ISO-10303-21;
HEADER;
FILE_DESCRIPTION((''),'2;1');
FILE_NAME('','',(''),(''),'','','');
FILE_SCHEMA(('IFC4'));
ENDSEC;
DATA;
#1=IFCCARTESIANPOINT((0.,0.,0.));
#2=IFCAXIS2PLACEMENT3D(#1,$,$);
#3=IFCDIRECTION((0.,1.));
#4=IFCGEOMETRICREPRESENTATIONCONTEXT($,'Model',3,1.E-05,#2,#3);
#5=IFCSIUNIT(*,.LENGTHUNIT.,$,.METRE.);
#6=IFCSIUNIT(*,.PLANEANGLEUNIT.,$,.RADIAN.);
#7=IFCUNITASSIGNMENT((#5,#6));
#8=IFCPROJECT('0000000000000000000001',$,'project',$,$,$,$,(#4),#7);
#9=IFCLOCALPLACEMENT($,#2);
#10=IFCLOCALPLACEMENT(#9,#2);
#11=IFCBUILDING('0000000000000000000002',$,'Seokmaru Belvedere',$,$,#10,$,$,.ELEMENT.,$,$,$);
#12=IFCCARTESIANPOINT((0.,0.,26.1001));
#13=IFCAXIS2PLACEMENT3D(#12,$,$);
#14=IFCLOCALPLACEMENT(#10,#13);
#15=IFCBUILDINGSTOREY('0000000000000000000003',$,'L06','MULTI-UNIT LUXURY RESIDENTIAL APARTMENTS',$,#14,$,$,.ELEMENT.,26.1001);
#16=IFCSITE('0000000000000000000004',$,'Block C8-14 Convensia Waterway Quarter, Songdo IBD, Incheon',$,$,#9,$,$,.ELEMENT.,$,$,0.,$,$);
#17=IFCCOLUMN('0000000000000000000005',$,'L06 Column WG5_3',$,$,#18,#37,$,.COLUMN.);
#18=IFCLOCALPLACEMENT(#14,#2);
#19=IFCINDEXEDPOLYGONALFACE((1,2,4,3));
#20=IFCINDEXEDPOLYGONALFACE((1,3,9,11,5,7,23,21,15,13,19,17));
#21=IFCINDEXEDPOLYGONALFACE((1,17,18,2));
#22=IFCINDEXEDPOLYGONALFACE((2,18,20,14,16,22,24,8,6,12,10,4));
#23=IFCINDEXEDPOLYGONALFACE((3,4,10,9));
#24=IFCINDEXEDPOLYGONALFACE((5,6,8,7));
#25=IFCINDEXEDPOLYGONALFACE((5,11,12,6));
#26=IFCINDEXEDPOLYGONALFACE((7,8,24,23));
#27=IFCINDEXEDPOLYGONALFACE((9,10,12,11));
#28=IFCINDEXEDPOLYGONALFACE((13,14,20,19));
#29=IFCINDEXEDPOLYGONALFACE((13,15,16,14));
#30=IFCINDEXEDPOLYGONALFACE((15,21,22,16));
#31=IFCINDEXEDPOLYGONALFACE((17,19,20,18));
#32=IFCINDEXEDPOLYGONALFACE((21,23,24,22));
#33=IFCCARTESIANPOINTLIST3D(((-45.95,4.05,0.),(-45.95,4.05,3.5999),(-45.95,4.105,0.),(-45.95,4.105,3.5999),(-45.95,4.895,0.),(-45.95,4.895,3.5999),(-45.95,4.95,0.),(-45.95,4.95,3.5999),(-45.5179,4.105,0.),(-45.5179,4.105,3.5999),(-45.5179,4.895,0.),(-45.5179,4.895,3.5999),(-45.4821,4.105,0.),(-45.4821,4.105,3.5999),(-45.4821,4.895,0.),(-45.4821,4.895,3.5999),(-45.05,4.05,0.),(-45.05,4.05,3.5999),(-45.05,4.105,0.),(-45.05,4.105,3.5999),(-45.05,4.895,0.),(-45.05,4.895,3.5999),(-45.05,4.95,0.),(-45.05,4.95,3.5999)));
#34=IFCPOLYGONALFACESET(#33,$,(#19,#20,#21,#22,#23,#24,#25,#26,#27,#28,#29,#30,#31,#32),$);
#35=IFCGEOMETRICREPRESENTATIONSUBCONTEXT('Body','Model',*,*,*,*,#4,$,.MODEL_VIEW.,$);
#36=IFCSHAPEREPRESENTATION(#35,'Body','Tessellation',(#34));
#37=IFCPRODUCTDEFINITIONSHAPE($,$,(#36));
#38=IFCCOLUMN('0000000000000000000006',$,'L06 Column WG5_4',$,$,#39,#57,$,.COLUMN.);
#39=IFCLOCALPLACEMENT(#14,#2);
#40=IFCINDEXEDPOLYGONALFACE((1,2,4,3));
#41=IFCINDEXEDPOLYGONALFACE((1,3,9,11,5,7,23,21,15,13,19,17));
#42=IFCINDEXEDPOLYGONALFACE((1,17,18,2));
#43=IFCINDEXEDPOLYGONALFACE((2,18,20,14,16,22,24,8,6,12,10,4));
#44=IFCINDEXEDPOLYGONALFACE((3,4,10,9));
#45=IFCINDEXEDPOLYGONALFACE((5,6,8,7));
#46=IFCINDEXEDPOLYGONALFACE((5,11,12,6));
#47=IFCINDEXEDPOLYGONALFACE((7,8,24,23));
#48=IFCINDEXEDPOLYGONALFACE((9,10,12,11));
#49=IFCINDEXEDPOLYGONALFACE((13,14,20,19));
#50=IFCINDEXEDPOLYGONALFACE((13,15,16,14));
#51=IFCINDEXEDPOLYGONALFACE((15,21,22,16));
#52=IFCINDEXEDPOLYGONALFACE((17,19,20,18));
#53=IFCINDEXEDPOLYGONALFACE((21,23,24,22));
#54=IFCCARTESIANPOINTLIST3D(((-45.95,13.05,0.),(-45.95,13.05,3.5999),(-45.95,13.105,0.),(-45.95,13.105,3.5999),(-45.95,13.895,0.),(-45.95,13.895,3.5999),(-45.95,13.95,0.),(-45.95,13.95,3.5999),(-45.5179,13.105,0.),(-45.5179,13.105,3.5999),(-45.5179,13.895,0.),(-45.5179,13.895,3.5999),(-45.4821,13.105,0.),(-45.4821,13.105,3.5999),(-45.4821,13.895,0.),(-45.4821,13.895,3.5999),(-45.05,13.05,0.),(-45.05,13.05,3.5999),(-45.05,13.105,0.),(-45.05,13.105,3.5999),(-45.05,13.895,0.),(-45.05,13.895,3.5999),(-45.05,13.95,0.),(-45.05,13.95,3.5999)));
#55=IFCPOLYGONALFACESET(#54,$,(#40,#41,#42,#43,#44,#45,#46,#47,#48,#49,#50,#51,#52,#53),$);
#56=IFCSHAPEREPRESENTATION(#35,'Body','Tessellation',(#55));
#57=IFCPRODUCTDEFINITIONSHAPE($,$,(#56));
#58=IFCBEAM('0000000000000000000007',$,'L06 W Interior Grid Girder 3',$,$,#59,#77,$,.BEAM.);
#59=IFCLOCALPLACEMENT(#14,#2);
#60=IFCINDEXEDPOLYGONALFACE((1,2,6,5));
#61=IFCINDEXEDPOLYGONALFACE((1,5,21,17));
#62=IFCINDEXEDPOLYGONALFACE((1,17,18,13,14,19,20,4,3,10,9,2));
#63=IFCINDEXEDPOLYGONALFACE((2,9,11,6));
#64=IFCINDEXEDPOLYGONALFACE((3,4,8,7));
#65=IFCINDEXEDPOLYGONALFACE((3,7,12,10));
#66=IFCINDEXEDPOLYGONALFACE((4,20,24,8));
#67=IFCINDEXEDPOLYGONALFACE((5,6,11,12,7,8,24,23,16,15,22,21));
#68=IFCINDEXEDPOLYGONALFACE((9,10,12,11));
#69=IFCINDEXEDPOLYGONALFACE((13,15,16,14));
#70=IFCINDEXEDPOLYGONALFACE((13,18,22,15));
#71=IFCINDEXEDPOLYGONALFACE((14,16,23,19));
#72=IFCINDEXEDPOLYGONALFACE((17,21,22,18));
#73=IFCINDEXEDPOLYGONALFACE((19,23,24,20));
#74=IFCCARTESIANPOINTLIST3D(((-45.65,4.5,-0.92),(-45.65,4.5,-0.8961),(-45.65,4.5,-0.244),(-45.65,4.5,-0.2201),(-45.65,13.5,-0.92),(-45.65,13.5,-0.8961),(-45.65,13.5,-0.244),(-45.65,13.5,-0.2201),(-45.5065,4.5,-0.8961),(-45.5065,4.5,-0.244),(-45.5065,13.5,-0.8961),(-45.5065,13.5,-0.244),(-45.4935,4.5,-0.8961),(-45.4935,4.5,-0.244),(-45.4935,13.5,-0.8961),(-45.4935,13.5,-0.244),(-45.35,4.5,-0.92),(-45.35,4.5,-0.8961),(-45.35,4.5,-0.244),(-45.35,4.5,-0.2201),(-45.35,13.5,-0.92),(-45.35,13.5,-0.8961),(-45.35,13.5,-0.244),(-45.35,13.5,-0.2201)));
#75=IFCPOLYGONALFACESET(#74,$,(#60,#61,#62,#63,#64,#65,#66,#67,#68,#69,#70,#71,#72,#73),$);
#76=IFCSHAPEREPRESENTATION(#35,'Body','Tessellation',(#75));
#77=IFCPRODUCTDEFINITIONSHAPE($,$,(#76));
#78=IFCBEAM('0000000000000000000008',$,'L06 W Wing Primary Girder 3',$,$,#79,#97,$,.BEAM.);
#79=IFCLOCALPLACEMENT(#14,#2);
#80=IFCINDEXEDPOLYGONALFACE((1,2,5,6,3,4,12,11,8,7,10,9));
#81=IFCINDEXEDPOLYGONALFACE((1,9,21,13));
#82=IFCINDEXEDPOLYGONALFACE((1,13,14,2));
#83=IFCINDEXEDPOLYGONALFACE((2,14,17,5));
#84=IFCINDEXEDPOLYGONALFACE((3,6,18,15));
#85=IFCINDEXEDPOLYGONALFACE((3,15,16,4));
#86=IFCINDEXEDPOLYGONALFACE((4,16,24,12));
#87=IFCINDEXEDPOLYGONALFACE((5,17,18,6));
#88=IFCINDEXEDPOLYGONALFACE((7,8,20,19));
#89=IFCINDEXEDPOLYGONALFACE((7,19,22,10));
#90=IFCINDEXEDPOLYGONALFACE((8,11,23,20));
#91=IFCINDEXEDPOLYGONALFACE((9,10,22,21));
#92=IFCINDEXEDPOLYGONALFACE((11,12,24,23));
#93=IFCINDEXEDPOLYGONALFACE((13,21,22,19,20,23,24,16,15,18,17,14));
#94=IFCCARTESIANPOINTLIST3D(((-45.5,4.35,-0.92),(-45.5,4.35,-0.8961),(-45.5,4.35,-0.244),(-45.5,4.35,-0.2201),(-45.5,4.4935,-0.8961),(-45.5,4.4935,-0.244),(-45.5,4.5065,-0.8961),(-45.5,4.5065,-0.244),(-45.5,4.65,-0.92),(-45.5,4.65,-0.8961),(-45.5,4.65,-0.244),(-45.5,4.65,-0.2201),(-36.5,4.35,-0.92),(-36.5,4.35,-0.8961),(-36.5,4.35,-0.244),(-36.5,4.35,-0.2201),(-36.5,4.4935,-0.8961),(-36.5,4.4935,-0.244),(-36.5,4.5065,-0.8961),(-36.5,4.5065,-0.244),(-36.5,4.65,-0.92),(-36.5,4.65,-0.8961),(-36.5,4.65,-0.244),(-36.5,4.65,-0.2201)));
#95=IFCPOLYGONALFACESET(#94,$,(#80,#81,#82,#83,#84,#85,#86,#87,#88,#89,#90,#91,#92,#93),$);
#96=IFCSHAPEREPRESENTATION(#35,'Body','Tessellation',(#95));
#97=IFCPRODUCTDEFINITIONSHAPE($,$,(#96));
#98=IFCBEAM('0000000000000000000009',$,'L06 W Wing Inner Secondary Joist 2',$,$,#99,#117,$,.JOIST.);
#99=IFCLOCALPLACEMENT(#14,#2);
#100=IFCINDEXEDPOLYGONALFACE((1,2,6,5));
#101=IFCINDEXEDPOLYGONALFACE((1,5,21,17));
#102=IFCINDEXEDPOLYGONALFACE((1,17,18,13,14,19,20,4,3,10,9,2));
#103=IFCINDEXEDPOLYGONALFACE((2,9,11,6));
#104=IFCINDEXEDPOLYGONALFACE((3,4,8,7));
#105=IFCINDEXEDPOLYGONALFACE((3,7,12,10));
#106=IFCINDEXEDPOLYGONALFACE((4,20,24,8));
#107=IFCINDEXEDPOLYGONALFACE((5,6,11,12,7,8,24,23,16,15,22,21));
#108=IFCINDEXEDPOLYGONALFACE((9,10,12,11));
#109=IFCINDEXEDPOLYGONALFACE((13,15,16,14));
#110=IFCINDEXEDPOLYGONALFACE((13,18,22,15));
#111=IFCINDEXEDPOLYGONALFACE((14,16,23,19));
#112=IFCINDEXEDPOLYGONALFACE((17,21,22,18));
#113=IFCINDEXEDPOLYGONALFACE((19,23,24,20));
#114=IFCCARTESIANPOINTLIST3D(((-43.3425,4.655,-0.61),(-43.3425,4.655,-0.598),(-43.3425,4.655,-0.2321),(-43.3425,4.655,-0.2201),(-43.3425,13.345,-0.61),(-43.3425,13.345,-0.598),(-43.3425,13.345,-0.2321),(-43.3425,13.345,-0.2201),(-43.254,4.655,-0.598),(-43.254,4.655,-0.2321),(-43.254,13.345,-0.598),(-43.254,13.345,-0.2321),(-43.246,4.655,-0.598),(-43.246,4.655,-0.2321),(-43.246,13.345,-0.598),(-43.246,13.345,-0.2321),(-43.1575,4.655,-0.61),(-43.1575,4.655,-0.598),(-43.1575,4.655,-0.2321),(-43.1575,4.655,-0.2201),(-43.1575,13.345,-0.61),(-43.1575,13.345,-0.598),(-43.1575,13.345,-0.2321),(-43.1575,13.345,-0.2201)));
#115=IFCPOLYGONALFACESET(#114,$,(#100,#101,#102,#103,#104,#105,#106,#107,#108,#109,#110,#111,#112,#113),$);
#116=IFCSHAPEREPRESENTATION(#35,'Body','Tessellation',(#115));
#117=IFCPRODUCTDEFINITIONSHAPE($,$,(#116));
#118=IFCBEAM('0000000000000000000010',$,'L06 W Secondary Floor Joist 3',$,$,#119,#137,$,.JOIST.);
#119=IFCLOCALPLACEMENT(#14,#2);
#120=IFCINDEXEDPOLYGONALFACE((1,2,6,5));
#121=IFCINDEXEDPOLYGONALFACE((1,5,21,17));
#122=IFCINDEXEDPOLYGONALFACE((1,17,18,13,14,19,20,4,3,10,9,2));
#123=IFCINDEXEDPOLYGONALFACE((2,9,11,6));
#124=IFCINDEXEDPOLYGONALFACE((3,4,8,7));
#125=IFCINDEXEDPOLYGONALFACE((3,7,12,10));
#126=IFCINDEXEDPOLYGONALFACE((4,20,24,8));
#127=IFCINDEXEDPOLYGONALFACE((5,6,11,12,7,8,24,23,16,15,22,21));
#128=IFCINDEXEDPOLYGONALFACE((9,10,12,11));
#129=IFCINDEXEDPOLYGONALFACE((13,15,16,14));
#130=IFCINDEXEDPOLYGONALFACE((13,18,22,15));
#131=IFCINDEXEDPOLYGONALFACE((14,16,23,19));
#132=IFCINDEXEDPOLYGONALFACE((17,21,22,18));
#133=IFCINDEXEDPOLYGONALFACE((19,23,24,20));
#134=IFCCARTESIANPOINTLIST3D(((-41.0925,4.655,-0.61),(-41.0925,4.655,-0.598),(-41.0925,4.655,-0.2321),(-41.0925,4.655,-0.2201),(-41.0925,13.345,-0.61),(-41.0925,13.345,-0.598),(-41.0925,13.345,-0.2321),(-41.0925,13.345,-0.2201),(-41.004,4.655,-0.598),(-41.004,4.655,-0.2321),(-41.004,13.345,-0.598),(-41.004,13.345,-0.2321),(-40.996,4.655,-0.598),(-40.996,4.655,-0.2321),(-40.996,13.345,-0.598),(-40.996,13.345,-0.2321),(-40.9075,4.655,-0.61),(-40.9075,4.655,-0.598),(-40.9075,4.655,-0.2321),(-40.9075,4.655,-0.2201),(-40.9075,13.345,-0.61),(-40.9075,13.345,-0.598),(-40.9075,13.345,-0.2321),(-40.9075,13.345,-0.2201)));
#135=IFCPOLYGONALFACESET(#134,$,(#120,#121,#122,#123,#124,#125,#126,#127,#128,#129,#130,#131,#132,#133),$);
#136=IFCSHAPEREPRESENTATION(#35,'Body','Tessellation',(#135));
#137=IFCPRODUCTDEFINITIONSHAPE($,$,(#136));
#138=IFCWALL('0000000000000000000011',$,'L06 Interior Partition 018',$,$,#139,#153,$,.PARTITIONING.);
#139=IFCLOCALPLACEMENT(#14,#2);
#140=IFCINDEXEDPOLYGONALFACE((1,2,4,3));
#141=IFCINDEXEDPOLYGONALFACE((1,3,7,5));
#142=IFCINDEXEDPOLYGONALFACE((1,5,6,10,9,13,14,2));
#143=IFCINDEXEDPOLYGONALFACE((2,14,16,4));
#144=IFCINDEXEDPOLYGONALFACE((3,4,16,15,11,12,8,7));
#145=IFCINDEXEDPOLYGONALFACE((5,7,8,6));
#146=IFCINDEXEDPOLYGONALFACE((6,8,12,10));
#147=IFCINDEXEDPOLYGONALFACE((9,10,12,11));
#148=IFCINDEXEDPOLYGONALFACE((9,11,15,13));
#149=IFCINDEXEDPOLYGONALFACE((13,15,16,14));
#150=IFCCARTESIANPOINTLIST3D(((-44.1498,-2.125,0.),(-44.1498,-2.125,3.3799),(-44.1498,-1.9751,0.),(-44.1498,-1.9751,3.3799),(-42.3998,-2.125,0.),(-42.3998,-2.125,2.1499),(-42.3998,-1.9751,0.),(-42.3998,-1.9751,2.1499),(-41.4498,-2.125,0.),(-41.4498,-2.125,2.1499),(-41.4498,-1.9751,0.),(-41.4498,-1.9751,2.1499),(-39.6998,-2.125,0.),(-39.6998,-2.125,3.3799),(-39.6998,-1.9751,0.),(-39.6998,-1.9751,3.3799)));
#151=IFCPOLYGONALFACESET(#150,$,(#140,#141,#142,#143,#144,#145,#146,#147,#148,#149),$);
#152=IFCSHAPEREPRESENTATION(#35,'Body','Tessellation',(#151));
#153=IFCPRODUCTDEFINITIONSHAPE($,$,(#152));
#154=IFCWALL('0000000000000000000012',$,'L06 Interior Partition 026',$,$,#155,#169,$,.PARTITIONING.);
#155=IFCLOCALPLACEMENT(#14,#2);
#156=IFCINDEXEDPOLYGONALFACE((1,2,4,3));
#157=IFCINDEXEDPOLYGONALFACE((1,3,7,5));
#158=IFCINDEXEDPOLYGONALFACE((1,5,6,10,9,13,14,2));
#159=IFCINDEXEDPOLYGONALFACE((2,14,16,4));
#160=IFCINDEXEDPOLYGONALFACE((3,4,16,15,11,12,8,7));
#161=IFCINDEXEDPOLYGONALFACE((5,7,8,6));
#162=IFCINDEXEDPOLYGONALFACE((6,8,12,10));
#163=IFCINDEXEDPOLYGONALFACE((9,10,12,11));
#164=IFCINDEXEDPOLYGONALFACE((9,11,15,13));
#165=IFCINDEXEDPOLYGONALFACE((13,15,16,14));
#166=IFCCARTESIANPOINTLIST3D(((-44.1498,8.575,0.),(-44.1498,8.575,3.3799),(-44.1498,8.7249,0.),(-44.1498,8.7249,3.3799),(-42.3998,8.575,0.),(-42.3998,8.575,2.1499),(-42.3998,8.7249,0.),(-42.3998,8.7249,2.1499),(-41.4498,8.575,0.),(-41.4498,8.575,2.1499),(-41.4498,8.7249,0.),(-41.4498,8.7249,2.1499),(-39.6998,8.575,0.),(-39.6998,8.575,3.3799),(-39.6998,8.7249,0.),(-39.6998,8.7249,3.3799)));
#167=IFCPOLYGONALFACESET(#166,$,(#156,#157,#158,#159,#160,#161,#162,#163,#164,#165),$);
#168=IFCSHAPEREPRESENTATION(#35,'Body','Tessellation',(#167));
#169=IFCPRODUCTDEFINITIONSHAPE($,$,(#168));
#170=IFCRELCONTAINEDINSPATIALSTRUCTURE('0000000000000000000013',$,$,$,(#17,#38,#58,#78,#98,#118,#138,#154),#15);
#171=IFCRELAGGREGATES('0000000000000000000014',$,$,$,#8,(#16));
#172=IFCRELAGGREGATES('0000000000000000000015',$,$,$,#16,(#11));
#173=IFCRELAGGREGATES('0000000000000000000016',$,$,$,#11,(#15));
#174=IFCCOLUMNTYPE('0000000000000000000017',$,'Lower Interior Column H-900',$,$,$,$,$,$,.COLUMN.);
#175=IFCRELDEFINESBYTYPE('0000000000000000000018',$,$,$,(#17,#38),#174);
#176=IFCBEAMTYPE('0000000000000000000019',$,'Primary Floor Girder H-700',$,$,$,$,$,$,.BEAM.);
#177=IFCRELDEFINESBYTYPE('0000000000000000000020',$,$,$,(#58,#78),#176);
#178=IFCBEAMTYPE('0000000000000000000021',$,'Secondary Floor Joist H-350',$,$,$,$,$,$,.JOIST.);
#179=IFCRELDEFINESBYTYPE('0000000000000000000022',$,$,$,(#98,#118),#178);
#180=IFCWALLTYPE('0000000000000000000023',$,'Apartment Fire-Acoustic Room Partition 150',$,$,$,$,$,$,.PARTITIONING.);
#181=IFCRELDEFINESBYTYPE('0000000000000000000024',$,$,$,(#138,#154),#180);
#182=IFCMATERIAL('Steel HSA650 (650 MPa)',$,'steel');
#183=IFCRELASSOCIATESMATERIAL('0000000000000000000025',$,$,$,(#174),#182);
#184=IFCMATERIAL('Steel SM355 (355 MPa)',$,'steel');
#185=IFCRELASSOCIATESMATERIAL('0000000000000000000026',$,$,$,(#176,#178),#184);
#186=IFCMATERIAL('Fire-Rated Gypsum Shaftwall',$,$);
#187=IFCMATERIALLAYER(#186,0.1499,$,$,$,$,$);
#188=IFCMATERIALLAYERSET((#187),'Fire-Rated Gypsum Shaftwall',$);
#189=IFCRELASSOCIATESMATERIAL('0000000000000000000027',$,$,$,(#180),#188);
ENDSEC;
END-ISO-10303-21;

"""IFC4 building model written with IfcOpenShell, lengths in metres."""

from ifc_helpers import new_model, si_unit, direction, frame, frame_2d, origin, origin_2d, place, context, subcontext, project, spatial, rectangle, i_section, extrude, source, transform, mapped, material, layer, layer_set, material_profile, profile_set, type_object, type_shapes, element, save


model = new_model("IFC4")

# Units and contexts
model_context = context("Model", 3, precision=1e-05, world=origin(), true_north=direction((0.0, 1.0)))
body_context = subcontext(model_context, "Body", "Model", "MODEL_VIEW")
ifc_project = project(units=[si_unit("LENGTHUNIT", "METRE"), si_unit("PLANEANGLEUNIT", "RADIAN")], contexts=[model_context])

# Site, building, storey
site_placement = place(None, origin())
site = spatial("IfcSite", under=ifc_project, at=site_placement, Name="Block C8-14 Convensia Waterway Quarter, Songdo IBD, Incheon", CompositionType="ELEMENT", RefElevation=0.0)
building_placement = place(site_placement, origin())
building = spatial("IfcBuilding", under=site, at=building_placement, Name="Seokmaru Belvedere", CompositionType="ELEMENT")
storey_placement = place(building_placement, frame((0.0, 0.0, 26.1001)))
storey = spatial("IfcBuildingStorey", under=building, at=storey_placement, Name="L06", Description="MULTI-UNIT LUXURY RESIDENTIAL APARTMENTS", CompositionType="ELEMENT", Elevation=26.1001)

# Columns
ifc_material_1 = material(Name="Steel HSA650 (650 MPa)", Category="steel")
ifc_material_profile_1 = material_profile(ifc_material_1, i_section(OverallWidth=0.8999, OverallDepth=0.8999, WebThickness=0.0359, FlangeThickness=0.0549, at=origin_2d()), Name="H-900x900x36x55")
ifc_profile_set_1 = profile_set([ifc_material_profile_1], Name="Steel HSA650 (650 MPa)")
column_type = type_object("IfcColumnType", Name="Lower Interior Column H-900", PredefinedType="COLUMN", material=ifc_profile_set_1)
shared_shape_1 = source(origin(), body_context, "Body", "SweptSolid", [
    extrude(i_section(OverallWidth=0.8999, OverallDepth=0.8999, WebThickness=0.0359, FlangeThickness=0.0549, at=origin_2d()), origin(), (0.0, 0.0, 1.0), 3.5999),
])
type_shapes(column_type, [shared_shape_1])
for number, where, z_axis, x_axis, name in (
    (1, (-45.5, 4.5, 0.0), (0.0, 0.0, 1.0), (1.0, 0.0, 0.0), "L06 Column WG5_3"),
    (2, (-45.5, 13.5, 0.0), (0.0, 0.0, 1.0), (1.0, 0.0, 0.0), "L06 Column WG5_4"),
):
    element("IfcColumn", number, at=place(storey_placement, frame(where, z_axis=z_axis, x_axis=x_axis)), inside=storey, type_object=column_type, Name=name, PredefinedType="COLUMN", context=body_context, shape_type="MappedRepresentation", body=[
        mapped(shared_shape_1, transform((0.0, 0.0, 0.0), scale=1.0)),
    ])

# Beams
ifc_material_2 = material(Name="Steel SM355 (355 MPa)", Category="steel")
ifc_material_profile_2 = material_profile(ifc_material_2, i_section(OverallWidth=0.3, OverallDepth=0.7, WebThickness=0.0129, FlangeThickness=0.0239, at=origin_2d()), Name="H-700x300x13x24")
ifc_profile_set_2 = profile_set([ifc_material_profile_2], Name="Steel SM355 (355 MPa)")
beam_type_1 = type_object("IfcBeamType", Name="Primary Floor Girder H-700", PredefinedType="BEAM", material=ifc_profile_set_2)
shared_shape_2 = source(origin(), body_context, "Body", "SweptSolid", [
    extrude(i_section(OverallWidth=0.3, OverallDepth=0.7, WebThickness=0.0129, FlangeThickness=0.0239, at=origin_2d()), origin(), (0.0, 0.0, 1.0), 9.0),
])
type_shapes(beam_type_1, [shared_shape_2])
for number, where, z_axis, x_axis, name in (
    (3, (-45.5, 4.5, -0.5701), (0.0, 1.0, 0.0), (-1.0, 0.0, 0.0), "L06 W Interior Grid Girder 3"),
    (4, (-45.5, 4.5, -0.5701), (1.0, 0.0, 0.0), (0.0, 1.0, 0.0), "L06 W Wing Primary Girder 3"),
):
    element("IfcBeam", number, at=place(storey_placement, frame(where, z_axis=z_axis, x_axis=x_axis)), inside=storey, type_object=beam_type_1, Name=name, PredefinedType="BEAM", context=body_context, shape_type="MappedRepresentation", body=[
        mapped(shared_shape_2, transform((0.0, 0.0, 0.0), scale=1.0)),
    ])
ifc_material_profile_3 = material_profile(ifc_material_2, i_section(OverallWidth=0.1851, OverallDepth=0.3899, WebThickness=0.0081, FlangeThickness=0.012, at=origin_2d()), Name="H-390x185x8x12")
ifc_profile_set_3 = profile_set([ifc_material_profile_3], Name="Steel SM355 (355 MPa)")
beam_type_2 = type_object("IfcBeamType", Name="Secondary Floor Joist H-350", PredefinedType="JOIST", material=ifc_profile_set_3)
shared_shape_3 = source(origin(), body_context, "Body", "SweptSolid", [
    extrude(i_section(OverallWidth=0.1851, OverallDepth=0.3899, WebThickness=0.0081, FlangeThickness=0.012, at=origin_2d()), origin(), (0.0, 0.0, 1.0), 8.6899),
])
type_shapes(beam_type_2, [shared_shape_3])
for number, where, z_axis, x_axis, name in (
    (5, (-43.25, 4.655, -0.415), (0.0, 1.0, 0.0), (-1.0, 0.0, 0.0), "L06 W Wing Inner Secondary Joist 2"),
    (6, (-41.0, 4.655, -0.415), (0.0, 1.0, 0.0), (-1.0, 0.0, 0.0), "L06 W Secondary Floor Joist 3"),
):
    element("IfcBeam", number, at=place(storey_placement, frame(where, z_axis=z_axis, x_axis=x_axis)), inside=storey, type_object=beam_type_2, Name=name, PredefinedType="JOIST", context=body_context, shape_type="MappedRepresentation", body=[
        mapped(shared_shape_3, transform((0.0, 0.0, 0.0), scale=1.0)),
    ])

# Walls, openings
ifc_material_3 = material(Name="Fire-Rated Gypsum Shaftwall")
ifc_layer_1 = layer(ifc_material_3, 0.1499)
ifc_layer_set_1 = layer_set([ifc_layer_1], Name="Fire-Rated Gypsum Shaftwall")
wall_type_1 = type_object("IfcWallType", Name="Apartment Fire-Acoustic Room Partition 150", PredefinedType="PARTITIONING", material=ifc_layer_set_1)
wall_1_placement = place(storey_placement, frame((-44.1499, -2.05, 0.0), z_axis=(0.0, 0.0, 1.0), x_axis=(1.0, 0.0, 0.0)))
wall_1 = element("IfcWall", 7, at=wall_1_placement, inside=storey, type_object=wall_type_1, Name="L06 Interior Partition 018", PredefinedType="PARTITIONING", context=body_context, shape_type="SweptSolid", body=[
    extrude(rectangle(XDim=4.45, YDim=0.1499, at=frame_2d((2.2251, 0.0))), origin(), (0.0, 0.0, 1.0), 3.3799),
])
opening_1_placement = place(wall_1_placement, frame((1.75, 0.0, 0.0)))
element("IfcOpeningElement", 8, at=opening_1_placement, cuts=wall_1, PredefinedType="OPENING", context=body_context, shape_type="SweptSolid", body=[
    extrude(rectangle(XDim=0.95, YDim=2.1499, at=frame_2d((0.4751, 1.075))), frame((0.0, 0.085, 0.0), z_axis=(0.0, -1.0, 0.0), x_axis=(1.0, 0.0, 0.0)), (0.0, 0.0, 1.0), 0.1699),
])
wall_2_placement = place(storey_placement, frame((-44.1499, 8.6499, 0.0), z_axis=(0.0, 0.0, 1.0), x_axis=(1.0, 0.0, 0.0)))
wall_2 = element("IfcWall", 9, at=wall_2_placement, inside=storey, type_object=wall_type_1, Name="L06 Interior Partition 026", PredefinedType="PARTITIONING", context=body_context, shape_type="SweptSolid", body=[
    extrude(rectangle(XDim=4.45, YDim=0.1499, at=frame_2d((2.2251, 0.0))), origin(), (0.0, 0.0, 1.0), 3.3799),
])
opening_2_placement = place(wall_2_placement, frame((1.75, 0.0, 0.0)))
element("IfcOpeningElement", 10, at=opening_2_placement, cuts=wall_2, PredefinedType="OPENING", context=body_context, shape_type="SweptSolid", body=[
    extrude(rectangle(XDim=0.95, YDim=2.1499, at=frame_2d((0.4751, 1.075))), frame((0.0, 0.085, 0.0), z_axis=(0.0, -1.0, 0.0), x_axis=(1.0, 0.0, 0.0)), (0.0, 0.0, 1.0), 0.1699),
])

save(model, "model.ifc")
